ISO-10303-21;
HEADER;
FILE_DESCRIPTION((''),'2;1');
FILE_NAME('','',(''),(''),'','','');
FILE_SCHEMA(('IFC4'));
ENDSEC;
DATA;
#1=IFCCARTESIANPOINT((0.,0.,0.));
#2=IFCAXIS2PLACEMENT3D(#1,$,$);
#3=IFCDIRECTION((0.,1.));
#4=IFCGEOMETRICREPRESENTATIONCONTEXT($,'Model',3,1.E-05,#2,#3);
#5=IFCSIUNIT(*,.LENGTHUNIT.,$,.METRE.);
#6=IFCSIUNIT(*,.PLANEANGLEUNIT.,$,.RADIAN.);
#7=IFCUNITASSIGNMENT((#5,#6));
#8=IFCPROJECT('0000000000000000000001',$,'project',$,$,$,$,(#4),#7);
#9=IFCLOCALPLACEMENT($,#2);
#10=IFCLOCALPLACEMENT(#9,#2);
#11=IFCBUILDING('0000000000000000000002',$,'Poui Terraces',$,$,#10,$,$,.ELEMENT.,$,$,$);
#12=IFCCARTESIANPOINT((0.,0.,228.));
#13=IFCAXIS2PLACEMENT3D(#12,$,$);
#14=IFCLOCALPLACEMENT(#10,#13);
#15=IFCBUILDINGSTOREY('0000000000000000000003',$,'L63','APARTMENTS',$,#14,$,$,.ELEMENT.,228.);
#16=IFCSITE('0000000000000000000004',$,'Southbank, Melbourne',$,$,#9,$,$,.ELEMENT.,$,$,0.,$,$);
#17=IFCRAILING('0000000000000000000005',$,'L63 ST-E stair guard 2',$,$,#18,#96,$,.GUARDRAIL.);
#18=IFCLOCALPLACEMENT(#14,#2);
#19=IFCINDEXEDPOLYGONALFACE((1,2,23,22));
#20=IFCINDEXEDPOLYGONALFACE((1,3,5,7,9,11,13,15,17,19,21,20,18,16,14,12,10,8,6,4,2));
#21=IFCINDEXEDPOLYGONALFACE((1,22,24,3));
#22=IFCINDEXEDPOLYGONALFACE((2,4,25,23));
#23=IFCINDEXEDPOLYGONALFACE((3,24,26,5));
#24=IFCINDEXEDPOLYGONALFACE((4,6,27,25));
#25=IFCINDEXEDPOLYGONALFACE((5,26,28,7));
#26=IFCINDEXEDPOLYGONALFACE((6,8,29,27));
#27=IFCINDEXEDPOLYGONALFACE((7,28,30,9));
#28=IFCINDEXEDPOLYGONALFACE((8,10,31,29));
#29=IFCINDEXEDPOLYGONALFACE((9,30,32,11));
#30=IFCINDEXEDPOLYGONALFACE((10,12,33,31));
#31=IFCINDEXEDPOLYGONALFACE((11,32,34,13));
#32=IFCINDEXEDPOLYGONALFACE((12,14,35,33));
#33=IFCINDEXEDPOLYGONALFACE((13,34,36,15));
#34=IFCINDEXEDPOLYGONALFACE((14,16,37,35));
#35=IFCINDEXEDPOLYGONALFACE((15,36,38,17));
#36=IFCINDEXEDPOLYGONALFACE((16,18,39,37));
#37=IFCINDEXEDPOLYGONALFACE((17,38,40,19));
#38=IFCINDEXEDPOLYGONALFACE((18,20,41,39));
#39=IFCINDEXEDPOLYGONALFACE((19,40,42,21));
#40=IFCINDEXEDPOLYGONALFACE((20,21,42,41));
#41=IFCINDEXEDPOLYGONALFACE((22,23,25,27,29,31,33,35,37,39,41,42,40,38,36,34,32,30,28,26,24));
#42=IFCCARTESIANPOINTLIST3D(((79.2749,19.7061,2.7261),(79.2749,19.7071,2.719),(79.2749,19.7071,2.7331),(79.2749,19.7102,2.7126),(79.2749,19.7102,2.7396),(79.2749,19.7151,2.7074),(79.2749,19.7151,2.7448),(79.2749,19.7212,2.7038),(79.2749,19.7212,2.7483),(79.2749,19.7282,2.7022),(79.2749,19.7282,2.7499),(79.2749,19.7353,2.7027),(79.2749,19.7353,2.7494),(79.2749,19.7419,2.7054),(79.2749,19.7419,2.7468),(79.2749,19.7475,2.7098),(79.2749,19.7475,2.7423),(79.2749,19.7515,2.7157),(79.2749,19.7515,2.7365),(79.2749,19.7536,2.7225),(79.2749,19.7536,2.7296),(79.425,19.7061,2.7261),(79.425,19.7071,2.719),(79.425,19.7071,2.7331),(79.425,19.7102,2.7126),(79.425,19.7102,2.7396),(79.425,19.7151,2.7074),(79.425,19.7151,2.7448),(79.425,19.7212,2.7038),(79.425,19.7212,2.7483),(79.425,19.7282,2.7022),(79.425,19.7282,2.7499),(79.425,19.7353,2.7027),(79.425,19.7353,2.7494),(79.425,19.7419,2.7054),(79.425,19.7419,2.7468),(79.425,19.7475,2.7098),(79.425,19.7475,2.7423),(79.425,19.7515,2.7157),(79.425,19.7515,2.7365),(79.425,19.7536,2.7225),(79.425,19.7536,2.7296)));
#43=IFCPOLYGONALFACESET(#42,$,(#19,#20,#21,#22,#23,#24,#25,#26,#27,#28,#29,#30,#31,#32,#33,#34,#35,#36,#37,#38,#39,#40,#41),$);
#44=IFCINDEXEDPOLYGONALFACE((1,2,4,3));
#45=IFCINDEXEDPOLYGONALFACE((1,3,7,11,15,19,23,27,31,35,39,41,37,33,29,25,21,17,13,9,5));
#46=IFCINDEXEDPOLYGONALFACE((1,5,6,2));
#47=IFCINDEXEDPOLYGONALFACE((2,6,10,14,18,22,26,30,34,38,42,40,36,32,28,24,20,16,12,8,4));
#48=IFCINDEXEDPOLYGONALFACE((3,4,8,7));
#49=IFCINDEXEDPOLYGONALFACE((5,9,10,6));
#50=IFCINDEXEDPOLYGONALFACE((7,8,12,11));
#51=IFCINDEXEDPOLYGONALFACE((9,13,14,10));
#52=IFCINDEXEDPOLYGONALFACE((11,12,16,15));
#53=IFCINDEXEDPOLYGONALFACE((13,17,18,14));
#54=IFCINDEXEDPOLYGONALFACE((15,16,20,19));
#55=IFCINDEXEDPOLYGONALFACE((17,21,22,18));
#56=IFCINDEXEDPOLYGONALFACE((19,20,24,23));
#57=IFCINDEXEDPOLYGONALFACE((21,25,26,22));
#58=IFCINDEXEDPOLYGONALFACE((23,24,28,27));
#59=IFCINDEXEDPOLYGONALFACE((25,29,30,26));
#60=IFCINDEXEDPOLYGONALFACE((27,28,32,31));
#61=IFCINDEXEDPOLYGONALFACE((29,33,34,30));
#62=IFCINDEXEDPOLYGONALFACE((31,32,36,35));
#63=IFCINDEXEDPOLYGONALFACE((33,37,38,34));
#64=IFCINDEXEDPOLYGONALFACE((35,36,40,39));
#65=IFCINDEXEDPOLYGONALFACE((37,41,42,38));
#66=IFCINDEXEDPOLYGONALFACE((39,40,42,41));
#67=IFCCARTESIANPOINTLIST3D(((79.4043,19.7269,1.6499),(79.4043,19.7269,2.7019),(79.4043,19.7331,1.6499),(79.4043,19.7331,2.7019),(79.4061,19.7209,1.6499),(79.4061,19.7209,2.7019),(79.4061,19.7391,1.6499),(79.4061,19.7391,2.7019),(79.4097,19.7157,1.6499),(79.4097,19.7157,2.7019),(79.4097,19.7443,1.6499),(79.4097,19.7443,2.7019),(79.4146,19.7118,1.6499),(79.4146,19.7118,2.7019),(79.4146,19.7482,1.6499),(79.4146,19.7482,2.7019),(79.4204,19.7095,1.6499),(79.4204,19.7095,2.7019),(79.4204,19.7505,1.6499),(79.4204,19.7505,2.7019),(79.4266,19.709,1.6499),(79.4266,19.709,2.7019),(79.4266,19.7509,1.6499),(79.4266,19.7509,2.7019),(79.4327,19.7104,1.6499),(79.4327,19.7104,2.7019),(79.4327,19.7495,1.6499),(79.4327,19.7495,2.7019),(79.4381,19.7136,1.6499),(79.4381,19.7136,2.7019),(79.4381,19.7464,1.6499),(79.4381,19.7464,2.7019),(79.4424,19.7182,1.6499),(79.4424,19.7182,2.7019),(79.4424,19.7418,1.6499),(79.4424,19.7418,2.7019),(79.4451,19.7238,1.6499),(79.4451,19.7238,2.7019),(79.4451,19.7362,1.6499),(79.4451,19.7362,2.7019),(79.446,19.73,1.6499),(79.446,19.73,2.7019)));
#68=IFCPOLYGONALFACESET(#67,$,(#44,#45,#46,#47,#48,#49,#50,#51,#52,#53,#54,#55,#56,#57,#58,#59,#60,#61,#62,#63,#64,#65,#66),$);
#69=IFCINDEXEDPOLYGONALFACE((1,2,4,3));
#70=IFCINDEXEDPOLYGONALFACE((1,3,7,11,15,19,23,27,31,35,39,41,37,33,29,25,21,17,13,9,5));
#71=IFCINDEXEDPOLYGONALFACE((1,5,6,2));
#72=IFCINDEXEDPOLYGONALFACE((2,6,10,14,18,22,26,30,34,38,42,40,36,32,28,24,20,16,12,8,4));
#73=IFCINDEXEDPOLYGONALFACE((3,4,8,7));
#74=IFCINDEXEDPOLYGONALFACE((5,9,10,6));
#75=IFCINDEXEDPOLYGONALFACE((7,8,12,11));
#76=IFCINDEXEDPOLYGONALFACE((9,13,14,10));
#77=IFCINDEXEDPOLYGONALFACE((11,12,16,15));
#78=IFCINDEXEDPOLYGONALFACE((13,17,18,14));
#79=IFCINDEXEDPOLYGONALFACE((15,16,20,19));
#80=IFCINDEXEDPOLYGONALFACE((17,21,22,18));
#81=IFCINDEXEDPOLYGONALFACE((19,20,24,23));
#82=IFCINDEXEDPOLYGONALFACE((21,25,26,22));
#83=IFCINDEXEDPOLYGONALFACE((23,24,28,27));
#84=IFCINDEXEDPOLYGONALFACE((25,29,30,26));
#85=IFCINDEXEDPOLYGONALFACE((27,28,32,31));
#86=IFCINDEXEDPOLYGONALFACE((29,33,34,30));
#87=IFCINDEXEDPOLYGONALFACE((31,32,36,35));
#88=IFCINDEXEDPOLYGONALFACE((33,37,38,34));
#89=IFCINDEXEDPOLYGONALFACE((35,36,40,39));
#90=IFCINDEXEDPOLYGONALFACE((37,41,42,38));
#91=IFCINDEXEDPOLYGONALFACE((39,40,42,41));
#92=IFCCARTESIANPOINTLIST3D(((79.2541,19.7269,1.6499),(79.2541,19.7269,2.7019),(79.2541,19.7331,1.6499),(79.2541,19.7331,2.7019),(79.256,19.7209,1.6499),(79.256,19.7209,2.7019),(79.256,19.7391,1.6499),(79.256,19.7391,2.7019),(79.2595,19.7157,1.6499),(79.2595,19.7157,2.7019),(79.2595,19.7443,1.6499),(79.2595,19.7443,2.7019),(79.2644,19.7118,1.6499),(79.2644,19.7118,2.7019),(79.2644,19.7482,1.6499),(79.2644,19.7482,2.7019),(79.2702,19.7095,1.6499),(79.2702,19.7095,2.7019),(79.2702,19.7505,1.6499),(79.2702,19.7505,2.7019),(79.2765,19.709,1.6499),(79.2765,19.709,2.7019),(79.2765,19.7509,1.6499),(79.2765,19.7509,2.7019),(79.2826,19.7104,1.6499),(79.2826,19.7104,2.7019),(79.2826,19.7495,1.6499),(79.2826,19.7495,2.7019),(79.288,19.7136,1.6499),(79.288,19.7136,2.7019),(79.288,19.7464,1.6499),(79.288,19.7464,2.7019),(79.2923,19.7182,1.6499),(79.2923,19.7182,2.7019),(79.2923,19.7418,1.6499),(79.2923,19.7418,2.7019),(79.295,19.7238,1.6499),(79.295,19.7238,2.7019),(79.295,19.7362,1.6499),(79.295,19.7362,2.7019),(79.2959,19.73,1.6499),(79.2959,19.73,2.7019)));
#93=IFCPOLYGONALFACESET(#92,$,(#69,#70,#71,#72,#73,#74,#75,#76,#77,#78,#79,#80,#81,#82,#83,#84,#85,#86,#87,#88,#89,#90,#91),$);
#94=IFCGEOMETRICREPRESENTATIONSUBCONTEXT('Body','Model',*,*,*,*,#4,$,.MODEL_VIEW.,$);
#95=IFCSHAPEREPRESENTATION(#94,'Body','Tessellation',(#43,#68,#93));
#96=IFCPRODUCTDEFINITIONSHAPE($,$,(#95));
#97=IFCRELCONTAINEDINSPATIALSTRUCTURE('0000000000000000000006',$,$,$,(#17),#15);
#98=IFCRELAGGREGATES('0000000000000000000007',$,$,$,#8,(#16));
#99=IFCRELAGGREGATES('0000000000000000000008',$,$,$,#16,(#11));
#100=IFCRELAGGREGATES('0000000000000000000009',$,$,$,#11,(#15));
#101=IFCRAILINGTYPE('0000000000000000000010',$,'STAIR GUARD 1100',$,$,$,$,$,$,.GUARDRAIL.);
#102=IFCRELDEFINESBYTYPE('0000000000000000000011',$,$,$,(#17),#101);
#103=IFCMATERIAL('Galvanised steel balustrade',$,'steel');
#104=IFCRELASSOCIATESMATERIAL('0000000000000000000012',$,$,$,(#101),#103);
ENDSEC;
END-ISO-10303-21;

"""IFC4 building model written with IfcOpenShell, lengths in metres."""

from ifc_helpers import new_model, si_unit, direction, frame, origin, origin_2d, place, context, subcontext, project, spatial, circle, extrude, material, type_object, element, save


model = new_model("IFC4")

# Units and contexts
model_context = context("Model", 3, precision=1e-05, world=origin(), true_north=direction((0.0, 1.0)))
body_context = subcontext(model_context, "Body", "Model", "MODEL_VIEW")
ifc_project = project(units=[si_unit("LENGTHUNIT", "METRE"), si_unit("PLANEANGLEUNIT", "RADIAN")], contexts=[model_context])

# Site, building, storey
site_placement = place(None, origin())
site = spatial("IfcSite", under=ifc_project, at=site_placement, Name="Southbank, Melbourne", CompositionType="ELEMENT", RefElevation=0.0)
building_placement = place(site_placement, origin())
building = spatial("IfcBuilding", under=site, at=building_placement, Name="Poui Terraces", CompositionType="ELEMENT")
storey_placement = place(building_placement, frame((0.0, 0.0, 228.0)))
storey = spatial("IfcBuildingStorey", under=building, at=storey_placement, Name="L63", Description="APARTMENTS", CompositionType="ELEMENT", Elevation=228.0)

# Railing
ifc_material_1 = material(Name="Galvanised steel balustrade", Category="steel")
railing_type_1 = type_object("IfcRailingType", Name="STAIR GUARD 1100", PredefinedType="GUARDRAIL", material=ifc_material_1)
railing_1_placement = place(storey_placement, frame((79.425, 19.73, 1.6499)))
element("IfcRailing", 1, at=railing_1_placement, inside=storey, type_object=railing_type_1, Name="L63 ST-E stair guard 2", PredefinedType="GUARDRAIL", context=body_context, shape_type="SweptSolid", body=[
    extrude(circle(Radius=0.0239, at=origin_2d()), frame((0.0, 0.0, 1.0762), z_axis=(-1.0, 0.0, 0.0), x_axis=(0.0, -1.0, 0.0)), (0.0, 0.0, 1.0), 0.1501),
    extrude(circle(Radius=0.021, at=origin_2d()), origin(), (0.0, 0.0, 1.0), 1.052),
    extrude(circle(Radius=0.021, at=origin_2d()), frame((-0.1501, 0.0, 0.0)), (0.0, 0.0, 1.0), 1.052),
])

save(model, "model.ifc")
